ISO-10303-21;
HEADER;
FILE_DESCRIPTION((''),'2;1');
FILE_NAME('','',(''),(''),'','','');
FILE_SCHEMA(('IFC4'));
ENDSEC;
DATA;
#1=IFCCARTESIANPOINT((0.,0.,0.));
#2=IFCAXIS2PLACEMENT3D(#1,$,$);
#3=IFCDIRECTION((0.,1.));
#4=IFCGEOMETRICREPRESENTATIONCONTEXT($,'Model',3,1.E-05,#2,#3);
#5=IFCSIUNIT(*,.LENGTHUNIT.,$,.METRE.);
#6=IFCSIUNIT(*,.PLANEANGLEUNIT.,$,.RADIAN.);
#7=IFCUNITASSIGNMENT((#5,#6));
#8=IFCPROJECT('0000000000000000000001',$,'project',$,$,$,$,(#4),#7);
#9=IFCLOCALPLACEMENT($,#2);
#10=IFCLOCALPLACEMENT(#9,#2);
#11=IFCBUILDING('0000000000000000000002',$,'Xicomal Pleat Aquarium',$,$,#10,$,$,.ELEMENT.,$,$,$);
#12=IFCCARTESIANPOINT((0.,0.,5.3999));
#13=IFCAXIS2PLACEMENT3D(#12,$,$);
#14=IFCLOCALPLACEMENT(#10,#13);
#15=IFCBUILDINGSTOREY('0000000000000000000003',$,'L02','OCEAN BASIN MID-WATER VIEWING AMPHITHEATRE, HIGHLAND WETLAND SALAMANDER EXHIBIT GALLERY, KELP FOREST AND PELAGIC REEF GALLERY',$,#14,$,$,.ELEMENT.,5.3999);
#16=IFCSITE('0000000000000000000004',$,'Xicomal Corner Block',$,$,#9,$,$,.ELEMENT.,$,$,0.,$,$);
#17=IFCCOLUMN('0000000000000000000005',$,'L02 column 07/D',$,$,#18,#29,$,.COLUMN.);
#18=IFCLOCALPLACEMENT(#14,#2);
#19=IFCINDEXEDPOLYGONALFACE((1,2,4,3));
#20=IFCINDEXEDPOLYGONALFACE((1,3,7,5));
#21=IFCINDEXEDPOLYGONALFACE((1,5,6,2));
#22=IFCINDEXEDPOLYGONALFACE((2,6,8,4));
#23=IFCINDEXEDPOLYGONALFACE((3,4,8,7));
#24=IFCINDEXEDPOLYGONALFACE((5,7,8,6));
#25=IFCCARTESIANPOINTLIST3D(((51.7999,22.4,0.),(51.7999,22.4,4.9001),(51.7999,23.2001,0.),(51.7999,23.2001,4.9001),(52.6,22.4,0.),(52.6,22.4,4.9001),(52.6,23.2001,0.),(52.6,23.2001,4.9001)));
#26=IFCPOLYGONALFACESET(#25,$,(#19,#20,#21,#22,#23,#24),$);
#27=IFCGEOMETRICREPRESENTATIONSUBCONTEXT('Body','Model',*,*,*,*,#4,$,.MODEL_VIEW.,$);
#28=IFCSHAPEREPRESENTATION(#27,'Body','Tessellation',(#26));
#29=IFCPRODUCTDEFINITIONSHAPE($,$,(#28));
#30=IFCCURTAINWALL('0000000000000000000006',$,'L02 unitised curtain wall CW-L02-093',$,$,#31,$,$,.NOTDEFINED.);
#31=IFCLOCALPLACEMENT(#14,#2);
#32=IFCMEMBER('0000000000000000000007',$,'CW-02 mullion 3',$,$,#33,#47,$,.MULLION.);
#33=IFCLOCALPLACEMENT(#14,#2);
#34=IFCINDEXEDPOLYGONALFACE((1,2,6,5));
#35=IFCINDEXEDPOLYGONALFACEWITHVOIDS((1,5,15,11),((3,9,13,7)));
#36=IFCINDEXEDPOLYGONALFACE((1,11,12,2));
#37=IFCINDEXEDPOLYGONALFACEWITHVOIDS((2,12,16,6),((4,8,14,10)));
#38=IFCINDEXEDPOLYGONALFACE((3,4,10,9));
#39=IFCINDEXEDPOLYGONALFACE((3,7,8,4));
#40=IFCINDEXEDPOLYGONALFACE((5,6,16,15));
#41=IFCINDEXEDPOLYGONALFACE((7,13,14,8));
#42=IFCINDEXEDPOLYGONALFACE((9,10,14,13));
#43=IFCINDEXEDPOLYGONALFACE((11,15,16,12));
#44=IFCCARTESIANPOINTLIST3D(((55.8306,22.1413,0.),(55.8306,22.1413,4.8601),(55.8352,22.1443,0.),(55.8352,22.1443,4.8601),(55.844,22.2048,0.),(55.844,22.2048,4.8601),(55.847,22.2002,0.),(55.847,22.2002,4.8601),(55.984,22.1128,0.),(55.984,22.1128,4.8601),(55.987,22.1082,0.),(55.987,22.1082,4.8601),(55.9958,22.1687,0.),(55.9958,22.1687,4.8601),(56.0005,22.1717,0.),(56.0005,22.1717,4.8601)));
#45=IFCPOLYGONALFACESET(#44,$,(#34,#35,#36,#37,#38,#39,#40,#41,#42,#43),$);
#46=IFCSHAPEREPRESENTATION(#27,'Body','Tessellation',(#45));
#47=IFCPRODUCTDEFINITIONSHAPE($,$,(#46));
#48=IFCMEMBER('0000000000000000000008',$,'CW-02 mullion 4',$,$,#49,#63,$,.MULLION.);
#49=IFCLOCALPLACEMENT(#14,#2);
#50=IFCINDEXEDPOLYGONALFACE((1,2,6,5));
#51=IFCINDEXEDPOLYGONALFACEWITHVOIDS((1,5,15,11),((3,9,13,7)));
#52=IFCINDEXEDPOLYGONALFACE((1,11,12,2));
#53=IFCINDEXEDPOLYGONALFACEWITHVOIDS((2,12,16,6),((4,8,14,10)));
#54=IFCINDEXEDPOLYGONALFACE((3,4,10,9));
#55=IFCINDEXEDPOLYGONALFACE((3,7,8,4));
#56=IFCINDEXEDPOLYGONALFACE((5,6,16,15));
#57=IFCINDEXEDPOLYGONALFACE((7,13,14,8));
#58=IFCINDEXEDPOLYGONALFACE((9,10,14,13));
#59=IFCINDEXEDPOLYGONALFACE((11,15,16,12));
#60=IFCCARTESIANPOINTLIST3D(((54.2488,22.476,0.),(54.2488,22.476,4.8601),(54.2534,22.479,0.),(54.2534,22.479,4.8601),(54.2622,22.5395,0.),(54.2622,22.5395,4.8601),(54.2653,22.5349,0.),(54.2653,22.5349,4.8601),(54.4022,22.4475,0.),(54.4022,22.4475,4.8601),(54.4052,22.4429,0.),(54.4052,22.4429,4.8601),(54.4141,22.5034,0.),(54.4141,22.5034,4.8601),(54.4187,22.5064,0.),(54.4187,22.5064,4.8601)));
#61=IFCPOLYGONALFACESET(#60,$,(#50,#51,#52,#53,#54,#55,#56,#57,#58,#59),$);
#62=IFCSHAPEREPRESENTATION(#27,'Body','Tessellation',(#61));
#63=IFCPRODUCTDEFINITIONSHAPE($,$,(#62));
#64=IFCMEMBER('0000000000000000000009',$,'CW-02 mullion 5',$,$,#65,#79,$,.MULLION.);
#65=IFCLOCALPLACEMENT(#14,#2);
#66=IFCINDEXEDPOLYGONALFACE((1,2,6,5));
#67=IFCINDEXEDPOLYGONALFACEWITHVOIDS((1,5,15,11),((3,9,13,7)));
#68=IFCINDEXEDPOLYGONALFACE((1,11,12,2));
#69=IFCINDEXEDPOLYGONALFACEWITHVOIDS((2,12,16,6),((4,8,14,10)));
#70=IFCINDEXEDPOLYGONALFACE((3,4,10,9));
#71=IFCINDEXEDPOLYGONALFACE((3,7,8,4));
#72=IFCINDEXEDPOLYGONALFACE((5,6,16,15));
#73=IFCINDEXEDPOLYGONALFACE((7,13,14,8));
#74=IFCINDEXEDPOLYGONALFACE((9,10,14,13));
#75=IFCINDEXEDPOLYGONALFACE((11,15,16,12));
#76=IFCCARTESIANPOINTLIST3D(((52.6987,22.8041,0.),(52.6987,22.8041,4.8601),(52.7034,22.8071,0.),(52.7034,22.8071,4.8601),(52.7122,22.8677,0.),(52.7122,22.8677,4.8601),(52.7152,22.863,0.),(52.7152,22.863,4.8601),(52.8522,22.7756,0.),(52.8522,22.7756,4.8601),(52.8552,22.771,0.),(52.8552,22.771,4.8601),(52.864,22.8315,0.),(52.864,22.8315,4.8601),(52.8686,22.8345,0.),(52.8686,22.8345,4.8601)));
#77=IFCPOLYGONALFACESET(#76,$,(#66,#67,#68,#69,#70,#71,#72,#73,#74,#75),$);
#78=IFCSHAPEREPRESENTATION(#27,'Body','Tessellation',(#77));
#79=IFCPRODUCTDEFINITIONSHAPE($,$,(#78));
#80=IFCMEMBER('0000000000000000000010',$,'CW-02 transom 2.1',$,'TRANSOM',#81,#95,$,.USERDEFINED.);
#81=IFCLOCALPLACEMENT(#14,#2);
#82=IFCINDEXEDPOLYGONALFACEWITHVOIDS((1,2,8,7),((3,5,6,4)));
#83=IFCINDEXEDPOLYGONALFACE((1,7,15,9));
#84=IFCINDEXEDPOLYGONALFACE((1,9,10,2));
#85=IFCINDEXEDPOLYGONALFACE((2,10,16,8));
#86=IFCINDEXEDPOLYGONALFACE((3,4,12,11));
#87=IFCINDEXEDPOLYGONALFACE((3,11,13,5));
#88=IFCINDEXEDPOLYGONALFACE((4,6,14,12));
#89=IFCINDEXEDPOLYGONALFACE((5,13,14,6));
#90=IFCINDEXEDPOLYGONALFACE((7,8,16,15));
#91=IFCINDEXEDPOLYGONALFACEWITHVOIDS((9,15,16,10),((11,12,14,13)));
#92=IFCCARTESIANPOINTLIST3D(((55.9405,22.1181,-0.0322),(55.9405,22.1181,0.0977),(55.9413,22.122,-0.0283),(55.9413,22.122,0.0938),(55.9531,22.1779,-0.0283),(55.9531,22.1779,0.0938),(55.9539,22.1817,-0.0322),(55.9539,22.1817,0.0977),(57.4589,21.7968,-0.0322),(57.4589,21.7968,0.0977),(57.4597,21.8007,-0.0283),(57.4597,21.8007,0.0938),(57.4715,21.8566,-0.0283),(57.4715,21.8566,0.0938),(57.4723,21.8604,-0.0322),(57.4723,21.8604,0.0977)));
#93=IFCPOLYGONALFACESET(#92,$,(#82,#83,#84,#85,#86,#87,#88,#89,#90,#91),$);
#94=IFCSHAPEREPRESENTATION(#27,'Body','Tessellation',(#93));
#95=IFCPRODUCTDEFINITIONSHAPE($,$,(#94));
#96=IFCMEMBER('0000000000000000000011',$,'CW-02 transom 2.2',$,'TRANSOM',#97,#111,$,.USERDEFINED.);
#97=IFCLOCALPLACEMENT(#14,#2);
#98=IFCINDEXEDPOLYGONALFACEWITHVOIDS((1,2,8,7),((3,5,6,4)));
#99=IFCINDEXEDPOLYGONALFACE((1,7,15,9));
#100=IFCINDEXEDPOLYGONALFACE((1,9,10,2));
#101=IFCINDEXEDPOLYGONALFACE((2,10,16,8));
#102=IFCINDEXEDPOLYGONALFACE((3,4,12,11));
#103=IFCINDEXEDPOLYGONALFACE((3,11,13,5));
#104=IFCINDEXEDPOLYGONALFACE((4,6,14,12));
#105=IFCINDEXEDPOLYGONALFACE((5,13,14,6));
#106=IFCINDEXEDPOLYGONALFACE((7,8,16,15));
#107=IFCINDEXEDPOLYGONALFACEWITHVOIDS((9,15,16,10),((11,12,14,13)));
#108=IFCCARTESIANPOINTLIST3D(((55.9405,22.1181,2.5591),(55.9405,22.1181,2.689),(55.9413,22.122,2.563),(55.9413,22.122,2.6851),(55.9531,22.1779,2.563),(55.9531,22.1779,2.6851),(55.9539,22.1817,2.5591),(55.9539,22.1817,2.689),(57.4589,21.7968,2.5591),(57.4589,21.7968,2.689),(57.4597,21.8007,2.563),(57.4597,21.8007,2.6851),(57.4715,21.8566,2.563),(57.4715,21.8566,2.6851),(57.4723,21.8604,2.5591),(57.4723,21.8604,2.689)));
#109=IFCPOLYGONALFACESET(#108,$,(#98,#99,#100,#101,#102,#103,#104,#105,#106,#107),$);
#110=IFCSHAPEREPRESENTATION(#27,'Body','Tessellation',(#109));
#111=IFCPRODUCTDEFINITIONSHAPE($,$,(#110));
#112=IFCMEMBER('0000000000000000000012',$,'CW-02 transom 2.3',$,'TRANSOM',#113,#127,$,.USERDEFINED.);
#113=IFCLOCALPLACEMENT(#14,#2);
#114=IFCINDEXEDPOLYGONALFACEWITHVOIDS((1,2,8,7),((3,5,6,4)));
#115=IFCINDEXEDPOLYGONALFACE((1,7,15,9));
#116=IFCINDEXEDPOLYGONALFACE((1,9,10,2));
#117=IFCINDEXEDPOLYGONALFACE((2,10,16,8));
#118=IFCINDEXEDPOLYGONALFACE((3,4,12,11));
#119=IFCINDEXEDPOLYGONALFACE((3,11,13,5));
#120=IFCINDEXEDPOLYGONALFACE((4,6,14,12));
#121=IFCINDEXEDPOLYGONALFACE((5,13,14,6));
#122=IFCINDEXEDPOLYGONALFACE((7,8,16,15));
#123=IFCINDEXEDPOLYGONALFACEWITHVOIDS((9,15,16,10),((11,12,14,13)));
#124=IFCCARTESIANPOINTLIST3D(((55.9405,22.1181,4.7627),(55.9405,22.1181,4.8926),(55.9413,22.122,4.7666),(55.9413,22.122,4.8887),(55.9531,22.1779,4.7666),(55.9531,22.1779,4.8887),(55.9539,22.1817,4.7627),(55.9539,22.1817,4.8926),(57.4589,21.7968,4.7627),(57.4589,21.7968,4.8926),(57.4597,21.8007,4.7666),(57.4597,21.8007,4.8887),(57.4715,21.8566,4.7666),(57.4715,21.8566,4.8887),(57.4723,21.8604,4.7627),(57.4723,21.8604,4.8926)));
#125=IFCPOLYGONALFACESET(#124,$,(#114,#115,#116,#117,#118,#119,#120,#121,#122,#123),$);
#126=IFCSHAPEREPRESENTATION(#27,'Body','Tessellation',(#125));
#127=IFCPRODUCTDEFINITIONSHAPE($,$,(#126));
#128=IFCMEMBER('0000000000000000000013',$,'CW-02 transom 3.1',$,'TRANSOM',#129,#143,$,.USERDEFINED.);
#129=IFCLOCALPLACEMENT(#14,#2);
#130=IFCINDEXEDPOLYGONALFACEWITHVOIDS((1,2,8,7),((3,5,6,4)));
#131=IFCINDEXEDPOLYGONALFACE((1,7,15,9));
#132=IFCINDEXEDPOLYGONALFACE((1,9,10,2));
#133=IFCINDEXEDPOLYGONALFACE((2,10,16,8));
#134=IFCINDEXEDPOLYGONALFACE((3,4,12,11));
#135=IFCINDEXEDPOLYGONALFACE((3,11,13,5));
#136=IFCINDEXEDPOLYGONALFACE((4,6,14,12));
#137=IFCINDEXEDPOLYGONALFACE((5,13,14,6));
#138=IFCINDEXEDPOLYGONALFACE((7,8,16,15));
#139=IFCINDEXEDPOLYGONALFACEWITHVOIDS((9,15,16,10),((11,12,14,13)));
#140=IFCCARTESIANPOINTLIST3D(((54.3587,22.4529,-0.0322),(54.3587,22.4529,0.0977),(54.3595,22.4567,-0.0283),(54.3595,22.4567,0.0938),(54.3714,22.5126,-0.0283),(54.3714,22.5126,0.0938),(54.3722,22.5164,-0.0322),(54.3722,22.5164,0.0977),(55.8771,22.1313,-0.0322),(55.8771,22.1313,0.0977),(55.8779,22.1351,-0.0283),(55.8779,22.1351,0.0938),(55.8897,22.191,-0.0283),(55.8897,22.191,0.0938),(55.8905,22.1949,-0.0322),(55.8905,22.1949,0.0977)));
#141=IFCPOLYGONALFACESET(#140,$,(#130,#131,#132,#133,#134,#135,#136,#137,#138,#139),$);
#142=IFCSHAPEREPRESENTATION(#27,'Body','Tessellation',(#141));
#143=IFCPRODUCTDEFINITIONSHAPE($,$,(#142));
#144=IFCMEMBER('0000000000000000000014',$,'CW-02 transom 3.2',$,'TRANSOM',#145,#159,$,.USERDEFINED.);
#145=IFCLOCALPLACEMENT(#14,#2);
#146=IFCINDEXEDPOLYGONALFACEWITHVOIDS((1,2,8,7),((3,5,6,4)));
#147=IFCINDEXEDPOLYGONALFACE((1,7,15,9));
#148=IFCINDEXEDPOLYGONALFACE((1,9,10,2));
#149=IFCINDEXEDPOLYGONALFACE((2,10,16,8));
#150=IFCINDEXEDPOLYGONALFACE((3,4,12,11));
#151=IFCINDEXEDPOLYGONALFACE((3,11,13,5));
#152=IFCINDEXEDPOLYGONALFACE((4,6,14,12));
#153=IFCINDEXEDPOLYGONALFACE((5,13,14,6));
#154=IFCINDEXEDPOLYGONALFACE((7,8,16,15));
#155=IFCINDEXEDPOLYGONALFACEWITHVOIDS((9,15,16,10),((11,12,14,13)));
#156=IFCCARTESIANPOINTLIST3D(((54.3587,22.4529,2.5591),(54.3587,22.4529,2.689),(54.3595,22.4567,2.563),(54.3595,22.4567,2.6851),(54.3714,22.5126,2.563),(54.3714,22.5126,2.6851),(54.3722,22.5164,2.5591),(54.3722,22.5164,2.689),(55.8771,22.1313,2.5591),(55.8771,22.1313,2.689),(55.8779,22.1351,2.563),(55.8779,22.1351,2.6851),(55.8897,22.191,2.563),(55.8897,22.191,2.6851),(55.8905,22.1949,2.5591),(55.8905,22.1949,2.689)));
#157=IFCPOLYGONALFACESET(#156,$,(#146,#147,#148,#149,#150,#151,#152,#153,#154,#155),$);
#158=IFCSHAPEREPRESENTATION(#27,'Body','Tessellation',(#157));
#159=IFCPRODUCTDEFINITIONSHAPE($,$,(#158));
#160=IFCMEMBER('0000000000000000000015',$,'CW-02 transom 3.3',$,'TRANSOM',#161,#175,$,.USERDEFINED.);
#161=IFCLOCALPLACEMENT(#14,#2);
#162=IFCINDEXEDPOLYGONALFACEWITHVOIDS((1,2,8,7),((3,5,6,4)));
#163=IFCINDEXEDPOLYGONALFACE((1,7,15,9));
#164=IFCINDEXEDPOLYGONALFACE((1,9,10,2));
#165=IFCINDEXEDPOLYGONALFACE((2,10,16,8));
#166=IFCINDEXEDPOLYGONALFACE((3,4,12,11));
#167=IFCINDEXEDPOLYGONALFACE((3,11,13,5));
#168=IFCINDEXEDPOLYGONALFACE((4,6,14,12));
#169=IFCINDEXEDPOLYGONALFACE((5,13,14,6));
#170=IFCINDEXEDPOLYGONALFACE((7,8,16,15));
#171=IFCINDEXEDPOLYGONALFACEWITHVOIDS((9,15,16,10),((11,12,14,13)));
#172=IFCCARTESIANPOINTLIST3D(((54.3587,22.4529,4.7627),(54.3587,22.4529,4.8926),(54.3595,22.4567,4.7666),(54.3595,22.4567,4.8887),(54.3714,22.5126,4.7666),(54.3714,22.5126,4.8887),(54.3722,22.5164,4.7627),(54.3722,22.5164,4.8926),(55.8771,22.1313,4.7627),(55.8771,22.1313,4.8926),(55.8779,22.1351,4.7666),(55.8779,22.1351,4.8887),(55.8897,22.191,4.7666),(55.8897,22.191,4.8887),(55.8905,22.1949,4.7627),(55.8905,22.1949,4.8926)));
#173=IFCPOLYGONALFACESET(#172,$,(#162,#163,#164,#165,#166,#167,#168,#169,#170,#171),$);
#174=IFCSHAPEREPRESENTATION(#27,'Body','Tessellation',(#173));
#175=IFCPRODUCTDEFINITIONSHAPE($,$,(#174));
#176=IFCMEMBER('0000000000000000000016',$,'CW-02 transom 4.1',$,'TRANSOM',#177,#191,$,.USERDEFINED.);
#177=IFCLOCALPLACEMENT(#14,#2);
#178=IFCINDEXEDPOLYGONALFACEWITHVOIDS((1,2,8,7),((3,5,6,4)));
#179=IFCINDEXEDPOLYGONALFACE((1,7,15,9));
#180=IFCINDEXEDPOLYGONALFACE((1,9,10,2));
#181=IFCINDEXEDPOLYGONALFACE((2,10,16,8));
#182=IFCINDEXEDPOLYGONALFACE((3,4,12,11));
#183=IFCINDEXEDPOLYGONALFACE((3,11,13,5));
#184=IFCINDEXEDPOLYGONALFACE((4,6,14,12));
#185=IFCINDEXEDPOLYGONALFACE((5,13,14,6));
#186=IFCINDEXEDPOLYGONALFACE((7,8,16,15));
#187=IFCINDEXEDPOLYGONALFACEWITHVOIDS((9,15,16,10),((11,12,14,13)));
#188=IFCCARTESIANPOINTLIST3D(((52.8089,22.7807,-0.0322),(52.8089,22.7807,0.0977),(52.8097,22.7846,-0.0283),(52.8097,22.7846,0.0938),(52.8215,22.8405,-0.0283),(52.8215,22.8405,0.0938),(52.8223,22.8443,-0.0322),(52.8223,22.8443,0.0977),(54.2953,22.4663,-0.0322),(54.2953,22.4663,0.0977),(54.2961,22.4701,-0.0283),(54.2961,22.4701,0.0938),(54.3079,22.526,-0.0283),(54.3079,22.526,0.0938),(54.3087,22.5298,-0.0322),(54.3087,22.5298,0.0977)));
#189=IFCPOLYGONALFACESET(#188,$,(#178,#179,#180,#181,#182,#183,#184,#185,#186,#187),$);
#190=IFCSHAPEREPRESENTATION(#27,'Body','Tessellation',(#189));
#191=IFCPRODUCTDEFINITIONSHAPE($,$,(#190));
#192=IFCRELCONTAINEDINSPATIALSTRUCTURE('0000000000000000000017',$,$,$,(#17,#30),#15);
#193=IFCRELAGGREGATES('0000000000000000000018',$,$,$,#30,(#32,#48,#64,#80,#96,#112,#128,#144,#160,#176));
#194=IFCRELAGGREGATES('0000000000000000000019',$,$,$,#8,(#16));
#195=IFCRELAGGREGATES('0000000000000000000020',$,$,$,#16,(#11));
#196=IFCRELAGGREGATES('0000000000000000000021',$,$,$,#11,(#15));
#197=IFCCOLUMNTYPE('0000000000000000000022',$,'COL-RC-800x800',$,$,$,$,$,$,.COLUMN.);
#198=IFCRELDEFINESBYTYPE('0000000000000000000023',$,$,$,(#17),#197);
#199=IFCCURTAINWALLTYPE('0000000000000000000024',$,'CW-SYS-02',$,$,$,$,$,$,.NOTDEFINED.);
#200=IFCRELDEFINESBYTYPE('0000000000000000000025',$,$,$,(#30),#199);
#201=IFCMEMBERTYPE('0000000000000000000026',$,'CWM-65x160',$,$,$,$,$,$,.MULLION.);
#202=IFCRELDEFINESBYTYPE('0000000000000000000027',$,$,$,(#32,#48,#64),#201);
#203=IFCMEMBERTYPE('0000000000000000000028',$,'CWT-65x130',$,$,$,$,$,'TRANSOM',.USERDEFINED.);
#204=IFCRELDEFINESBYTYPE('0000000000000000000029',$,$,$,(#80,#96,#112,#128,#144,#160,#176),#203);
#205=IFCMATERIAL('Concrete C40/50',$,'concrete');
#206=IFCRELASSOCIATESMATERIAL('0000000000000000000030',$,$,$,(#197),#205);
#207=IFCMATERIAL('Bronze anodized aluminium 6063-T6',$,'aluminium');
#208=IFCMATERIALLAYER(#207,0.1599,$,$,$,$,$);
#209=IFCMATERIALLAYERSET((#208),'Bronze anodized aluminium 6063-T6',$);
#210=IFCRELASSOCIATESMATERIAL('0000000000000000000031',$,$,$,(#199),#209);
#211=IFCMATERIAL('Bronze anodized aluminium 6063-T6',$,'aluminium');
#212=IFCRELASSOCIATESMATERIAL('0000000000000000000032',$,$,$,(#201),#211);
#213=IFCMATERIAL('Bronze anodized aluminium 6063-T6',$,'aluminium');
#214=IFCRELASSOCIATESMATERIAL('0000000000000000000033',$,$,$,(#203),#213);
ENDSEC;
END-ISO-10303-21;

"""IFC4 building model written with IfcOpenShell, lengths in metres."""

from ifc_helpers import new_model, si_unit, direction, frame, origin, origin_2d, place, context, subcontext, project, spatial, rectangle, hollow_rectangle, extrude, material, layer, layer_set, material_profile, profile_set, type_object, element, aggregate, save


model = new_model("IFC4")

# Units and contexts
model_context = context("Model", 3, precision=1e-05, world=origin(), true_north=direction((0.0, 1.0)))
body_context = subcontext(model_context, "Body", "Model", "MODEL_VIEW")
ifc_project = project(units=[si_unit("LENGTHUNIT", "METRE"), si_unit("PLANEANGLEUNIT", "RADIAN")], contexts=[model_context])

# Site, building, storey
site_placement = place(None, origin())
site = spatial("IfcSite", under=ifc_project, at=site_placement, Name="Xicomal Corner Block", CompositionType="ELEMENT", RefElevation=0.0)
building_placement = place(site_placement, origin())
building = spatial("IfcBuilding", under=site, at=building_placement, Name="Xicomal Pleat Aquarium", CompositionType="ELEMENT")
storey_placement = place(building_placement, frame((0.0, 0.0, 5.3999)))
storey = spatial("IfcBuildingStorey", under=building, at=storey_placement, Name="L02", Description="OCEAN BASIN MID-WATER VIEWING AMPHITHEATRE, HIGHLAND WETLAND SALAMANDER EXHIBIT GALLERY, KELP FOREST AND PELAGIC REEF GALLERY", CompositionType="ELEMENT", Elevation=5.3999)

# Column
ifc_material_1 = material(Name="Concrete C40/50", Category="concrete")
ifc_material_profile_1 = material_profile(ifc_material_1, rectangle(XDim=0.8, YDim=0.8, at=origin_2d()), Name="RC 800x800")
ifc_profile_set_1 = profile_set([ifc_material_profile_1], Name="Concrete C40/50")
column_type = type_object("IfcColumnType", Name="COL-RC-800x800", PredefinedType="COLUMN", material=ifc_profile_set_1)
column_placement = place(storey_placement, frame((52.2, 22.8, 0.0), z_axis=(0.0, 0.0, 1.0), x_axis=(1.0, 0.0, 0.0)))
element("IfcColumn", 1, at=column_placement, inside=storey, type_object=column_type, Name="L02 column 07/D", PredefinedType="COLUMN", context=body_context, shape_type="SweptSolid", body=[
    extrude(rectangle(XDim=0.8, YDim=0.8, at=origin_2d()), origin(), (0.0, 0.0, 1.0), 4.9001),
])

# Curtain wall, members
ifc_material_2 = material(Name="Bronze anodized aluminium 6063-T6", Category="aluminium")
ifc_layer_1 = layer(ifc_material_2, 0.1599)
ifc_layer_set_1 = layer_set([ifc_layer_1], Name="Bronze anodized aluminium 6063-T6")
curtain_wall_type = type_object("IfcCurtainWallType", Name="CW-SYS-02", PredefinedType="NOTDEFINED", material=ifc_layer_set_1)
curtain_wall_placement = place(storey_placement, origin())
curtain_wall = element("IfcCurtainWall", 2, at=curtain_wall_placement, inside=storey, type_object=curtain_wall_type, Name="L02 unitised curtain wall CW-L02-093", PredefinedType="NOTDEFINED")
ifc_material_3 = material(Name="Bronze anodized aluminium 6063-T6", Category="aluminium")
ifc_material_profile_2 = material_profile(ifc_material_3, hollow_rectangle(XDim=0.0649, YDim=0.1599, WallThickness=0.0039, at=origin_2d()), Name="ALU MULL 65x160")
ifc_profile_set_2 = profile_set([ifc_material_profile_2], Name="Bronze anodized aluminium 6063-T6")
member_type_1 = type_object("IfcMemberType", Name="CWM-65x160", PredefinedType="MULLION", material=ifc_profile_set_2)
member_1_placement = place(storey_placement, frame((55.9155, 22.1565, 0.0), z_axis=(0.0, 0.0, 1.0), x_axis=(-0.207047, -0.978331, 0.0)))
member_1 = element("IfcMember", 3, at=member_1_placement, type_object=member_type_1, Name="CW-02 mullion 3", PredefinedType="MULLION", context=body_context, shape_type="SweptSolid", body=[
    extrude(hollow_rectangle(XDim=0.0649, YDim=0.1599, WallThickness=0.0039, at=origin_2d()), origin(), (0.0, 0.0, 1.0), 4.8601),
])
member_2_placement = place(storey_placement, frame((54.3337, 22.4912, 0.0), z_axis=(0.0, 0.0, 1.0), x_axis=(-0.207047, -0.978331, 0.0)))
member_2 = element("IfcMember", 4, at=member_2_placement, type_object=member_type_1, Name="CW-02 mullion 4", PredefinedType="MULLION", context=body_context, shape_type="SweptSolid", body=[
    extrude(hollow_rectangle(XDim=0.0649, YDim=0.1599, WallThickness=0.0039, at=origin_2d()), origin(), (0.0, 0.0, 1.0), 4.8601),
])
member_3_placement = place(storey_placement, frame((52.7837, 22.8193, 0.0), z_axis=(0.0, 0.0, 1.0), x_axis=(-0.207047, -0.978331, 0.0)))
member_3 = element("IfcMember", 5, at=member_3_placement, type_object=member_type_1, Name="CW-02 mullion 5", PredefinedType="MULLION", context=body_context, shape_type="SweptSolid", body=[
    extrude(hollow_rectangle(XDim=0.0649, YDim=0.1599, WallThickness=0.0039, at=origin_2d()), origin(), (0.0, 0.0, 1.0), 4.8601),
])
ifc_material_4 = material(Name="Bronze anodized aluminium 6063-T6", Category="aluminium")
ifc_material_profile_3 = material_profile(ifc_material_4, hollow_rectangle(XDim=0.0649, YDim=0.1299, WallThickness=0.0039, at=origin_2d()), Name="ALU TRAN 65x130")
ifc_profile_set_3 = profile_set([ifc_material_profile_3], Name="Bronze anodized aluminium 6063-T6")
member_type_2 = type_object("IfcMemberType", Name="CWT-65x130", ElementType="TRANSOM", PredefinedType="USERDEFINED", material=ifc_profile_set_3)
member_4_placement = place(storey_placement, frame((57.4656, 21.8286, 0.0327), z_axis=(-0.978336, 0.207025, 0.0), x_axis=(-0.207025, -0.978336, 0.0)))
member_4 = element("IfcMember", 6, at=member_4_placement, type_object=member_type_2, Name="CW-02 transom 2.1", ObjectType="TRANSOM", PredefinedType="USERDEFINED", context=body_context, shape_type="SweptSolid", body=[
    extrude(hollow_rectangle(XDim=0.0649, YDim=0.1299, WallThickness=0.0039, at=origin_2d()), origin(), (0.0, 0.0, 1.0), 1.552),
])
member_5_placement = place(storey_placement, frame((57.4656, 21.8286, 2.624), z_axis=(-0.978336, 0.207025, 0.0), x_axis=(-0.207025, -0.978336, 0.0)))
member_5 = element("IfcMember", 7, at=member_5_placement, type_object=member_type_2, Name="CW-02 transom 2.2", ObjectType="TRANSOM", PredefinedType="USERDEFINED", context=body_context, shape_type="SweptSolid", body=[
    extrude(hollow_rectangle(XDim=0.0649, YDim=0.1299, WallThickness=0.0039, at=origin_2d()), origin(), (0.0, 0.0, 1.0), 1.552),
])
member_6_placement = place(storey_placement, frame((57.4656, 21.8286, 4.8276), z_axis=(-0.978336, 0.207025, 0.0), x_axis=(-0.207025, -0.978336, 0.0)))
member_6 = element("IfcMember", 8, at=member_6_placement, type_object=member_type_2, Name="CW-02 transom 2.3", ObjectType="TRANSOM", PredefinedType="USERDEFINED", context=body_context, shape_type="SweptSolid", body=[
    extrude(hollow_rectangle(XDim=0.0649, YDim=0.1299, WallThickness=0.0039, at=origin_2d()), origin(), (0.0, 0.0, 1.0), 1.552),
])
member_7_placement = place(storey_placement, frame((55.8838, 22.1631, 0.0327), z_axis=(-0.978304, 0.207176, 0.0), x_axis=(-0.207176, -0.978304, 0.0)))
member_7 = element("IfcMember", 9, at=member_7_placement, type_object=member_type_2, Name="CW-02 transom 3.1", ObjectType="TRANSOM", PredefinedType="USERDEFINED", context=body_context, shape_type="SweptSolid", body=[
    extrude(hollow_rectangle(XDim=0.0649, YDim=0.1299, WallThickness=0.0039, at=origin_2d()), origin(), (0.0, 0.0, 1.0), 1.552),
])
member_8_placement = place(storey_placement, frame((55.8838, 22.1631, 2.624), z_axis=(-0.978304, 0.207176, 0.0), x_axis=(-0.207176, -0.978304, 0.0)))
member_8 = element("IfcMember", 10, at=member_8_placement, type_object=member_type_2, Name="CW-02 transom 3.2", ObjectType="TRANSOM", PredefinedType="USERDEFINED", context=body_context, shape_type="SweptSolid", body=[
    extrude(hollow_rectangle(XDim=0.0649, YDim=0.1299, WallThickness=0.0039, at=origin_2d()), origin(), (0.0, 0.0, 1.0), 1.552),
])
member_9_placement = place(storey_placement, frame((55.8838, 22.1631, 4.8276), z_axis=(-0.978304, 0.207176, 0.0), x_axis=(-0.207176, -0.978304, 0.0)))
member_9 = element("IfcMember", 11, at=member_9_placement, type_object=member_type_2, Name="CW-02 transom 3.3", ObjectType="TRANSOM", PredefinedType="USERDEFINED", context=body_context, shape_type="SweptSolid", body=[
    extrude(hollow_rectangle(XDim=0.0649, YDim=0.1299, WallThickness=0.0039, at=origin_2d()), origin(), (0.0, 0.0, 1.0), 1.552),
])
member_10_placement = place(storey_placement, frame((54.302, 22.498, 0.0327), z_axis=(-0.978345, 0.206982, 0.0), x_axis=(-0.206982, -0.978345, 0.0)))
member_10 = element("IfcMember", 12, at=member_10_placement, type_object=member_type_2, Name="CW-02 transom 4.1", ObjectType="TRANSOM", PredefinedType="USERDEFINED", context=body_context, shape_type="SweptSolid", body=[
    extrude(hollow_rectangle(XDim=0.0649, YDim=0.1299, WallThickness=0.0039, at=origin_2d()), origin(), (0.0, 0.0, 1.0), 1.5193),
])
aggregate(curtain_wall, [member_1, member_2, member_3, member_4, member_5, member_6, member_7, member_8, member_9, member_10])

save(model, "model.ifc")
